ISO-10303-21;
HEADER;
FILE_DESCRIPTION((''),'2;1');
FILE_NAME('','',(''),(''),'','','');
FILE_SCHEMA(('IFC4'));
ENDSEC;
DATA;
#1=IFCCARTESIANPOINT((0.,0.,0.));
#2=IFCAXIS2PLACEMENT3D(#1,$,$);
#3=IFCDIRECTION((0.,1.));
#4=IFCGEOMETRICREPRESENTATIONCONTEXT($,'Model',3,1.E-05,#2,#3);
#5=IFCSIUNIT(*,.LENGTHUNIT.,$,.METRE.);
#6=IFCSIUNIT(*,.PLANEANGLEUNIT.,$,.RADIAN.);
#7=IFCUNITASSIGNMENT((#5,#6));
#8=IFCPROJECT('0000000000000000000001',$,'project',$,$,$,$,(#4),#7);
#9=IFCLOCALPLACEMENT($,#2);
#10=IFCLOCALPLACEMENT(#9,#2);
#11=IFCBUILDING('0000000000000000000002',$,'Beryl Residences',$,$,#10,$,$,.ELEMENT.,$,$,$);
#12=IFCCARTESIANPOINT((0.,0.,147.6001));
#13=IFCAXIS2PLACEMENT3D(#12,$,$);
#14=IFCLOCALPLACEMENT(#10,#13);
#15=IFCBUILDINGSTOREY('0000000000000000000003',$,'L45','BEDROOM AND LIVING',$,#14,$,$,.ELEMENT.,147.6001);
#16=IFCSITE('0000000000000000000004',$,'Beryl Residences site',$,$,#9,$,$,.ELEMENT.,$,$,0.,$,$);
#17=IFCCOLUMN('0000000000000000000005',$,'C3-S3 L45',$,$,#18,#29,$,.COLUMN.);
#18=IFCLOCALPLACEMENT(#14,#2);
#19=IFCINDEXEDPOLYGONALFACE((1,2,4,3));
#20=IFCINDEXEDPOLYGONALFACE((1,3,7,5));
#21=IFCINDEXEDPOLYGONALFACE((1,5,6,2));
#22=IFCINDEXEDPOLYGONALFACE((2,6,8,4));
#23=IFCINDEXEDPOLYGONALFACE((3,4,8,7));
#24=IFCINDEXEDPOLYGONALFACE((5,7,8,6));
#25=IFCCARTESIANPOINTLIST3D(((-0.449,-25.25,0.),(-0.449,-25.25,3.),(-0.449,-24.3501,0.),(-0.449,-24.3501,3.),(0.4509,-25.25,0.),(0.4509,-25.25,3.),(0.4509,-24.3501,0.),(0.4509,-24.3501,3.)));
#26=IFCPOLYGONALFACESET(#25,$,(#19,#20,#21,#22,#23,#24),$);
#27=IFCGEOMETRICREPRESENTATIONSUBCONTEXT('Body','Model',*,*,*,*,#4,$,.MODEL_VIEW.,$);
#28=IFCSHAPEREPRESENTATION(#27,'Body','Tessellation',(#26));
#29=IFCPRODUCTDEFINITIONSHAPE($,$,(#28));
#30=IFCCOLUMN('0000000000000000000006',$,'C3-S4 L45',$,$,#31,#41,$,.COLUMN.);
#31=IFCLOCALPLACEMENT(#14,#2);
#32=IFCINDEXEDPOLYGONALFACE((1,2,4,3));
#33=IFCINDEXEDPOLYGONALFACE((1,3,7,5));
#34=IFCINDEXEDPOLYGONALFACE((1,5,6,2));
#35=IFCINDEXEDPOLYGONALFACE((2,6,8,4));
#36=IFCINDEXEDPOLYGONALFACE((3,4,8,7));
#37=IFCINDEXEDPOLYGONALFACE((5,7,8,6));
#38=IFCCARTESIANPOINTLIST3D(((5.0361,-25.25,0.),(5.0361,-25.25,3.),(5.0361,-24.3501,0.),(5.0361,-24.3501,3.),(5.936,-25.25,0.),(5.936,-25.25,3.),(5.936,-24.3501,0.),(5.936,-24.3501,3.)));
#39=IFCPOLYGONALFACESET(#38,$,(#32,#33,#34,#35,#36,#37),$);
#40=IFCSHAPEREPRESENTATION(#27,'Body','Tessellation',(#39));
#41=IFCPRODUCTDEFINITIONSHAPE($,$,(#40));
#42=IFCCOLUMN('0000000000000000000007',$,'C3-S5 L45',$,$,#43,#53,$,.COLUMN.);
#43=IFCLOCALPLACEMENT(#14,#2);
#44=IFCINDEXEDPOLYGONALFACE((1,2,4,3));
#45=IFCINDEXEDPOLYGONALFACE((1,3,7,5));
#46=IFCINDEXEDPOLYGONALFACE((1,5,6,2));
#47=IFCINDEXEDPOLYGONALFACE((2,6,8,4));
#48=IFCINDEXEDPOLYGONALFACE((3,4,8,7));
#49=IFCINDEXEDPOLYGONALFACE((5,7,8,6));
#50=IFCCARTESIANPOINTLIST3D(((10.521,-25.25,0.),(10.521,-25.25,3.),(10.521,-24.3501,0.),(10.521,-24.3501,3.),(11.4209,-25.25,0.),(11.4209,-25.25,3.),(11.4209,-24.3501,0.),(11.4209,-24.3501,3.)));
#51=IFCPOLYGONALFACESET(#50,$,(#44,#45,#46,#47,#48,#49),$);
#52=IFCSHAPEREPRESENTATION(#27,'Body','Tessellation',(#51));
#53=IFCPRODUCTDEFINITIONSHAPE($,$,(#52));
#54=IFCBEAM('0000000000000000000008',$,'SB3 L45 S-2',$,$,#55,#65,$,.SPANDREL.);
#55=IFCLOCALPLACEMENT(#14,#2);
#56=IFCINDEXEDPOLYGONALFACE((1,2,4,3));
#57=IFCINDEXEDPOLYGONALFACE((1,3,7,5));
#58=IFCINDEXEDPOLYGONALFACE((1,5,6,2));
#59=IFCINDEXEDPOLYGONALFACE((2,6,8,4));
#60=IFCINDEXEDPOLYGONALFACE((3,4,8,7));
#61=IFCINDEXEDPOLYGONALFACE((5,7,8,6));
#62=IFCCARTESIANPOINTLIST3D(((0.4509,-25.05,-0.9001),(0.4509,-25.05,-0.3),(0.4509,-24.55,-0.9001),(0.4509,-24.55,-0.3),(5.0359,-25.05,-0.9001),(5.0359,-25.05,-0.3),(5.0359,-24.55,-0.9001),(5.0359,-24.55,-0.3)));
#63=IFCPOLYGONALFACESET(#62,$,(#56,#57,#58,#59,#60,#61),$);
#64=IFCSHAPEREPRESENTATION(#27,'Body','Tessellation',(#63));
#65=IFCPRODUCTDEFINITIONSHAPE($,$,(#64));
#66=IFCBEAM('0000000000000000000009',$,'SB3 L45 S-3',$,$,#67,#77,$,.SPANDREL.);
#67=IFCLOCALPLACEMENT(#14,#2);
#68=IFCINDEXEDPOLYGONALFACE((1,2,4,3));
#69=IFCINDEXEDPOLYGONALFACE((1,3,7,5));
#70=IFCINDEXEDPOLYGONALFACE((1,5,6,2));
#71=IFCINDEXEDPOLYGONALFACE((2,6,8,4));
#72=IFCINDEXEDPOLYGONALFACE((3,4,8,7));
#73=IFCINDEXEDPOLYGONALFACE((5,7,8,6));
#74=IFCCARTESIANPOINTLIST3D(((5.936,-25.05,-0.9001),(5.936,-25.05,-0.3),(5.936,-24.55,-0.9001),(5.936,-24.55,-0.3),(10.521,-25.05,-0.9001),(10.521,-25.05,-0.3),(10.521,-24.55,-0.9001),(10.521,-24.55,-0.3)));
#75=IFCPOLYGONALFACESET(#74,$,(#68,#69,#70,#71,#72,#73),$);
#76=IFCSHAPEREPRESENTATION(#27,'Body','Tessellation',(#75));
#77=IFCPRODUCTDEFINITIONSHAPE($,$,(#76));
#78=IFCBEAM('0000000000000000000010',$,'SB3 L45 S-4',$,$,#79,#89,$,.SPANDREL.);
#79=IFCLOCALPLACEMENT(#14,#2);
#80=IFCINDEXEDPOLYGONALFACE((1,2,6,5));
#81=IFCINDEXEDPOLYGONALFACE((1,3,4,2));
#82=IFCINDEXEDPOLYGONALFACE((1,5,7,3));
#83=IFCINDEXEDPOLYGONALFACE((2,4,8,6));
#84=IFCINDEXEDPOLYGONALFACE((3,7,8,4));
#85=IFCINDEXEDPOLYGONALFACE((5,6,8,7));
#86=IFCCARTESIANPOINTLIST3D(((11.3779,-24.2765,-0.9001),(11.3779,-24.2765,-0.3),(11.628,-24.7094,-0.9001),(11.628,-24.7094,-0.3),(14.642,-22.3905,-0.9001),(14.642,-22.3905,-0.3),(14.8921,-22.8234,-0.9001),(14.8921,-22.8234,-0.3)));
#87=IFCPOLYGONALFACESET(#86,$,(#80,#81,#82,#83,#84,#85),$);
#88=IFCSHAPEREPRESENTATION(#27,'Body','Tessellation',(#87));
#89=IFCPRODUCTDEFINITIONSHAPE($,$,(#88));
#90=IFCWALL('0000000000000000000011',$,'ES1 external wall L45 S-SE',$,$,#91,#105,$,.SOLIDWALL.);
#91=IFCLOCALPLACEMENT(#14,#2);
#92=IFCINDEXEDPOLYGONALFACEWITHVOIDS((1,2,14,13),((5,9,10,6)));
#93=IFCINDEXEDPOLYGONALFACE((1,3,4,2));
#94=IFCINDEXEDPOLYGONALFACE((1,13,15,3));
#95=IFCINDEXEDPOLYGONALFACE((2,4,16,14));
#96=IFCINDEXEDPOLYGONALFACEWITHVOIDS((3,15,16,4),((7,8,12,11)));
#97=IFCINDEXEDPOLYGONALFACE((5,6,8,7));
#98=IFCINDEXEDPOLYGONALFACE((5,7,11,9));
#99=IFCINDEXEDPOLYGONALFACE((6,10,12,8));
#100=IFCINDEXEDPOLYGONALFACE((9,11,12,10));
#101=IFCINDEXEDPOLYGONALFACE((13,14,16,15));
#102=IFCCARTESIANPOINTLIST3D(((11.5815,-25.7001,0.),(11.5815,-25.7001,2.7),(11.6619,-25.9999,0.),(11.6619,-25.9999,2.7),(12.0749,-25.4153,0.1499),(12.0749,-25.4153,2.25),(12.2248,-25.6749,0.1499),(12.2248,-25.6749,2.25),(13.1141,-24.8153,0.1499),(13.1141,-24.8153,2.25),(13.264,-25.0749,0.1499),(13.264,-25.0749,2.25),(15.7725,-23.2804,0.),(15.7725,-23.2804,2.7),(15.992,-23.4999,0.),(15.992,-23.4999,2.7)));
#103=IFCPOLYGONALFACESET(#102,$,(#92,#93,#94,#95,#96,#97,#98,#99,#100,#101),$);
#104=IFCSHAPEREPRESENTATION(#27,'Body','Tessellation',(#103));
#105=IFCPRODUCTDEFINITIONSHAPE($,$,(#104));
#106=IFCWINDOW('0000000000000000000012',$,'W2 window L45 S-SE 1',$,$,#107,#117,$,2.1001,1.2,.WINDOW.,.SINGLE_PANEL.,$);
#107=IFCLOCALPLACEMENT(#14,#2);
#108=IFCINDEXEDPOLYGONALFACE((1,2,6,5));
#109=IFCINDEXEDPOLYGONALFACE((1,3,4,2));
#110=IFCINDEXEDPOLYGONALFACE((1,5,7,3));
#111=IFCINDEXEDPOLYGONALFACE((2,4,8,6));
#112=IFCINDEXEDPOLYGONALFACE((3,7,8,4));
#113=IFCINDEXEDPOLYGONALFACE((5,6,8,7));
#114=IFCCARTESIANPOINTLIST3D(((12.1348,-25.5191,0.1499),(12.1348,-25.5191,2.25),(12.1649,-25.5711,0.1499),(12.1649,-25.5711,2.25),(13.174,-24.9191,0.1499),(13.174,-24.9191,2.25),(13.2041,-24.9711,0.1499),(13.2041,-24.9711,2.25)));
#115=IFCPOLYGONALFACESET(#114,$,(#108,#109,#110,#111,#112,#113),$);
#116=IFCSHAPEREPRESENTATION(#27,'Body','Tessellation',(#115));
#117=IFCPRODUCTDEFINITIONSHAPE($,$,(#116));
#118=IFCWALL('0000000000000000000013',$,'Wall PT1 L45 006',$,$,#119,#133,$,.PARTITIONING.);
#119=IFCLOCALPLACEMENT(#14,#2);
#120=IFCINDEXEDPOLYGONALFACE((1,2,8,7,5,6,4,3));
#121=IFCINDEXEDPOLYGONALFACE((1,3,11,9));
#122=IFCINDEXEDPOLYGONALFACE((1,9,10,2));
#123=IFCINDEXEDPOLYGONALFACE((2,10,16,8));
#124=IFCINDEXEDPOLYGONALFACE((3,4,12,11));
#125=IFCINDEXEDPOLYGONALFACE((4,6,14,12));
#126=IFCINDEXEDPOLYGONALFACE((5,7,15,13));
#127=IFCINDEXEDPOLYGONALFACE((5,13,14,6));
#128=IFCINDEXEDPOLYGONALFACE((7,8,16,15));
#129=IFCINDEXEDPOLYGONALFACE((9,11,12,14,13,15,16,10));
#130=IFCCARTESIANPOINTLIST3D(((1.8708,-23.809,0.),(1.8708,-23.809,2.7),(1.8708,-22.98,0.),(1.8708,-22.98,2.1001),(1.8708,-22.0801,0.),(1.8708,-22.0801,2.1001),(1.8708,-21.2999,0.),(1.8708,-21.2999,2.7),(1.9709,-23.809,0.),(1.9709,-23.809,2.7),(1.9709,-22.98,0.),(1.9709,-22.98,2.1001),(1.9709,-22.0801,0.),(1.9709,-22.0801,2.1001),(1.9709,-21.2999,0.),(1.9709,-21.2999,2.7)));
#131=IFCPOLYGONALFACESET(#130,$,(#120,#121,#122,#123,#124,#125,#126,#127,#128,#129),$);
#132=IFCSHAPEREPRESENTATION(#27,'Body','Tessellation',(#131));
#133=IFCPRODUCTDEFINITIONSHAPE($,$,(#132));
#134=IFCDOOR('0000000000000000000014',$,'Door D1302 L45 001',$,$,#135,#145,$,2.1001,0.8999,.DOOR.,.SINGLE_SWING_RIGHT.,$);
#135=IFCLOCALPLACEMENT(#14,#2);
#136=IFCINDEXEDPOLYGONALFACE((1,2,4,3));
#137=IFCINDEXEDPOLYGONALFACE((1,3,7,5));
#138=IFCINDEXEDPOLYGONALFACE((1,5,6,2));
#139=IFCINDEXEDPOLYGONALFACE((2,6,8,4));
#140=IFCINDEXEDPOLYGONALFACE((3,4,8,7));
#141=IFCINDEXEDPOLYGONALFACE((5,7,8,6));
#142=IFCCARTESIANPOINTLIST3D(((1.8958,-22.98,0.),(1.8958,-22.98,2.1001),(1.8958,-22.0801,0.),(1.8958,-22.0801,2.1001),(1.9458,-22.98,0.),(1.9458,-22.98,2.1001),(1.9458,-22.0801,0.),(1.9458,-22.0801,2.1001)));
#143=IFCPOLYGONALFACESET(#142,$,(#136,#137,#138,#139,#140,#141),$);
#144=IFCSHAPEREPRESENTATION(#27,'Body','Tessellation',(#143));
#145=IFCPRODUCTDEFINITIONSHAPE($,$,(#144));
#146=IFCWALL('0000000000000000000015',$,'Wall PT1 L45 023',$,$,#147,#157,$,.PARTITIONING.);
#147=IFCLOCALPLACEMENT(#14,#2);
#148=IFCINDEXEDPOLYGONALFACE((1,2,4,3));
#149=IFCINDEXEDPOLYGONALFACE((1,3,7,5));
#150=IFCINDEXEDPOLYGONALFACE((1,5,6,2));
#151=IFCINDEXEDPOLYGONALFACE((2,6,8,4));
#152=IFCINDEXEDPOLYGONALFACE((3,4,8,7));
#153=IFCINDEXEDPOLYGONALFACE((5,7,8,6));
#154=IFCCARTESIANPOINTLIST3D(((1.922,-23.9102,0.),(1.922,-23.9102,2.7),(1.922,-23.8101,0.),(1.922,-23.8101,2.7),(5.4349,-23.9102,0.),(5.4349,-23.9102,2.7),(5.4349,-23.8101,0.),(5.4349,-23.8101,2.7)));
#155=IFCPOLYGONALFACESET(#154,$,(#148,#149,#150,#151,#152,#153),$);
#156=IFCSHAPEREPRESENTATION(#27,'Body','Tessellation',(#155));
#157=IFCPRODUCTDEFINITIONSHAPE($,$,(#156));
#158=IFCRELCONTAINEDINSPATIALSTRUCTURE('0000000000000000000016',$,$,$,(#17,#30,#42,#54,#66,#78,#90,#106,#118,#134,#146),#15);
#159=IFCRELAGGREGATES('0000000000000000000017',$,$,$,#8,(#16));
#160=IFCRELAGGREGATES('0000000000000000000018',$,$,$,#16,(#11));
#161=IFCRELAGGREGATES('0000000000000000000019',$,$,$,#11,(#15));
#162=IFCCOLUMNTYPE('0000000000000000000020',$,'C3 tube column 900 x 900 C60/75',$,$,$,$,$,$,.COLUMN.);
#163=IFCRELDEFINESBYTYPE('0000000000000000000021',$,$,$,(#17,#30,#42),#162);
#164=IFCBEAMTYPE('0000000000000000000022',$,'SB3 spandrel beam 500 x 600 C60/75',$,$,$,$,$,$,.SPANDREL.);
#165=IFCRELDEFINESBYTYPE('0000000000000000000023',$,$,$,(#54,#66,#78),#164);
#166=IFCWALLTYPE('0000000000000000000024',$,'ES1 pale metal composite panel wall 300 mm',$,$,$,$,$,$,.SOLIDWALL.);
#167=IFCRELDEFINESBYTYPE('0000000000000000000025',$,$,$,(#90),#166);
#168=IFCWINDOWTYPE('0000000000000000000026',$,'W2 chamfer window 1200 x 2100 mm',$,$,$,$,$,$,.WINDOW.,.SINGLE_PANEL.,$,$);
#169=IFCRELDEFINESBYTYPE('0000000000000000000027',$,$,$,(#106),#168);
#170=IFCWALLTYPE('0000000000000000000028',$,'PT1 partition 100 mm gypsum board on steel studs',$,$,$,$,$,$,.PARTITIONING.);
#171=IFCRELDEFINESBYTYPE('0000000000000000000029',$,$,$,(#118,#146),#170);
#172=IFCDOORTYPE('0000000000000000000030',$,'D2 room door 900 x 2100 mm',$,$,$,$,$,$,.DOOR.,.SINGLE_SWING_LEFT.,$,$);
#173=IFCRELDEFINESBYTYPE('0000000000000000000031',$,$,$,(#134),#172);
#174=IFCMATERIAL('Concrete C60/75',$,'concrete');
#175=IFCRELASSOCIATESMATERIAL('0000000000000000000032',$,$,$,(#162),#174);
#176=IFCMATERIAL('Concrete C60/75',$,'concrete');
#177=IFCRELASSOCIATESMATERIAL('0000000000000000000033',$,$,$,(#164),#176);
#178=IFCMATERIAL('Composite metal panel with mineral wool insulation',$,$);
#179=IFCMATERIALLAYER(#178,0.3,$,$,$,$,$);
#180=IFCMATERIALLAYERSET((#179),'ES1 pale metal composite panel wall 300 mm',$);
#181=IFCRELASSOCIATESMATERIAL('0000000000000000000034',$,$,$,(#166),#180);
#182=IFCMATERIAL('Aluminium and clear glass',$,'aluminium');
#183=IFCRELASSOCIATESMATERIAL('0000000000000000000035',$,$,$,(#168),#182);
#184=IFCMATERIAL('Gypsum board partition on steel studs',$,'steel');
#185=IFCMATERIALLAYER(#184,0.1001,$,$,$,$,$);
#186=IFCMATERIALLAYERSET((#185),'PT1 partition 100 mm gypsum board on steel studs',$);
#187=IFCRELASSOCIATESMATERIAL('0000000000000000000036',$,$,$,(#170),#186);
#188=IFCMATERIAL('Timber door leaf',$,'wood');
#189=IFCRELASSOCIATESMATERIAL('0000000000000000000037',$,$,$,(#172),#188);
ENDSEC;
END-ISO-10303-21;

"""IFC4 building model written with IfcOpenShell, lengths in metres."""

from ifc_helpers import new_model, si_unit, direction, frame, frame_2d, origin, origin_2d, place, context, subcontext, project, spatial, polyline, rectangle, outline, extrude, material, layer, layer_set, material_profile, profile_set, type_object, element, fill, save


model = new_model("IFC4")

# Units and contexts
model_context = context("Model", 3, precision=1e-05, world=origin(), true_north=direction((0.0, 1.0)))
body_context = subcontext(model_context, "Body", "Model", "MODEL_VIEW")
ifc_project = project(units=[si_unit("LENGTHUNIT", "METRE"), si_unit("PLANEANGLEUNIT", "RADIAN")], contexts=[model_context])

# Site, building, storey
site_placement = place(None, origin())
site = spatial("IfcSite", under=ifc_project, at=site_placement, Name="Beryl Residences site", CompositionType="ELEMENT", RefElevation=0.0)
building_placement = place(site_placement, origin())
building = spatial("IfcBuilding", under=site, at=building_placement, Name="Beryl Residences", CompositionType="ELEMENT")
storey_placement = place(building_placement, frame((0.0, 0.0, 147.6001)))
storey = spatial("IfcBuildingStorey", under=building, at=storey_placement, Name="L45", Description="BEDROOM AND LIVING", CompositionType="ELEMENT", Elevation=147.6001)

# Columns
ifc_material_1 = material(Name="Concrete C60/75", Category="concrete")
ifc_material_profile_1 = material_profile(ifc_material_1, rectangle(XDim=0.8999, YDim=0.8999, at=origin_2d()))
ifc_profile_set_1 = profile_set([ifc_material_profile_1], Name="Concrete C60/75")
column_type = type_object("IfcColumnType", Name="C3 tube column 900 x 900 C60/75", PredefinedType="COLUMN", material=ifc_profile_set_1)
for number, where, z_axis, x_axis, name in (
    (1, (0.001, -24.8, 0.0), (0.0, 0.0, 1.0), (1.0, 0.0, 0.0), "C3-S3 L45"),
    (2, (5.4861, -24.8, 0.0), (0.0, 0.0, 1.0), (1.0, 0.0, 0.0), "C3-S4 L45"),
    (3, (10.9709, -24.8, 0.0), (0.0, 0.0, 1.0), (1.0, 0.0, 0.0), "C3-S5 L45"),
):
    element("IfcColumn", number, at=place(storey_placement, frame(where, z_axis=z_axis, x_axis=x_axis)), inside=storey, type_object=column_type, Name=name, PredefinedType="COLUMN", context=body_context, shape_type="SweptSolid", body=[
        extrude(rectangle(XDim=0.8999, YDim=0.8999, at=origin_2d()), origin(), (0.0, 0.0, 1.0), 3.0),
    ])

# Beams
ifc_material_2 = material(Name="Concrete C60/75", Category="concrete")
ifc_material_profile_2 = material_profile(ifc_material_2, rectangle(XDim=0.5, YDim=0.6001, at=origin_2d()))
ifc_profile_set_2 = profile_set([ifc_material_profile_2], Name="Concrete C60/75")
beam_type = type_object("IfcBeamType", Name="SB3 spandrel beam 500 x 600 C60/75", PredefinedType="SPANDREL", material=ifc_profile_set_2)
for number, where, z_axis, x_axis, name in (
    (4, (0.4509, -24.8, -0.6001), (1.0, 0.0, 0.0), (0.0, 1.0, 0.0), "SB3 L45 S-2"),
    (5, (5.936, -24.8, -0.6001), (1.0, 0.0, 0.0), (0.0, 1.0, 0.0), "SB3 L45 S-3"),
):
    element("IfcBeam", number, at=place(storey_placement, frame(where, z_axis=z_axis, x_axis=x_axis)), inside=storey, type_object=beam_type, Name=name, PredefinedType="SPANDREL", context=body_context, shape_type="SweptSolid", body=[
        extrude(rectangle(XDim=0.5, YDim=0.6001, at=origin_2d()), origin(), (0.0, 0.0, 1.0), 4.585),
    ])
beam_placement = place(storey_placement, frame((11.5029, -24.4929, -0.6001), z_axis=(0.865862, 0.500283, 0.0), x_axis=(-0.500283, 0.865862, 0.0)))
element("IfcBeam", 6, at=beam_placement, inside=storey, type_object=beam_type, Name="SB3 L45 S-4", PredefinedType="SPANDREL", context=body_context, shape_type="SweptSolid", body=[
    extrude(rectangle(XDim=0.5, YDim=0.6001, at=origin_2d()), origin(), (0.0, 0.0, 1.0), 3.7698),
])

# Wall, opening, window
ifc_material_3 = material(Name="Composite metal panel with mineral wool insulation")
ifc_layer_1 = layer(ifc_material_3, 0.3)
ifc_layer_set_1 = layer_set([ifc_layer_1], Name="ES1 pale metal composite panel wall 300 mm")
wall_type_1 = type_object("IfcWallType", Name="ES1 pale metal composite panel wall 300 mm", PredefinedType="SOLIDWALL", material=ifc_layer_set_1)
wall_1_placement = place(storey_placement, frame((11.5869, -25.8701, 0.0), z_axis=(0.0, 0.0, 1.0), x_axis=(0.866023, 0.500004, 0.0)))
wall_1 = element("IfcWall", 7, at=wall_1_placement, inside=storey, type_object=wall_type_1, Name="ES1 external wall L45 S-SE", PredefinedType="SOLIDWALL", context=body_context, shape_type="SweptSolid", body=[
    extrude(outline(polyline([(0.0, -0.1499), (5.0, -0.1499), (4.9197, 0.1499), (0.0803, 0.1499), (0.0, -0.1499)])), origin(), (0.0, 0.0, 1.0), 2.7),
])
opening_1_placement = place(wall_1_placement, frame((0.6499, 0.0, 0.1499)))
opening_1 = element("IfcOpeningElement", 8, at=opening_1_placement, cuts=wall_1, PredefinedType="OPENING", context=body_context, shape_type="SweptSolid", body=[
    extrude(rectangle(XDim=1.2, YDim=2.1001, at=frame_2d((0.6001, 1.05))), frame((0.0, 0.1599, 0.0), z_axis=(0.0, -1.0, 0.0), x_axis=(1.0, 0.0, 0.0)), (0.0, 0.0, 1.0), 0.3201),
])
ifc_material_4 = material(Name="Aluminium and clear glass", Category="aluminium")
window_type = type_object("IfcWindowType", Name="W2 chamfer window 1200 x 2100 mm", PartitioningType="SINGLE_PANEL", PredefinedType="WINDOW", material=ifc_material_4)
window_placement = place(opening_1_placement, origin())
window = element("IfcWindow", 9, at=window_placement, inside=storey, type_object=window_type, Name="W2 window L45 S-SE 1", OverallHeight=2.1001, OverallWidth=1.2, PartitioningType="SINGLE_PANEL", PredefinedType="WINDOW", context=body_context, shape_type="SweptSolid", body=[
    extrude(rectangle(XDim=1.2, YDim=2.1001, at=frame_2d((0.6001, 1.05))), frame((0.0, 0.03, 0.0), z_axis=(0.0, -1.0, 0.0), x_axis=(1.0, 0.0, 0.0)), (0.0, 0.0, 1.0), 0.0601),
])
fill(opening_1, window)

# Wall, opening, door
ifc_material_5 = material(Name="Gypsum board partition on steel studs", Category="steel")
ifc_layer_2 = layer(ifc_material_5, 0.1001)
ifc_layer_set_2 = layer_set([ifc_layer_2], Name="PT1 partition 100 mm gypsum board on steel studs")
wall_type_2 = type_object("IfcWallType", Name="PT1 partition 100 mm gypsum board on steel studs", PredefinedType="PARTITIONING", material=ifc_layer_set_2)
wall_2_placement = place(storey_placement, frame((1.9209, -21.3, 0.0), z_axis=(0.0, 0.0, 1.0), x_axis=(0.0, -1.0, 0.0)))
wall_2 = element("IfcWall", 10, at=wall_2_placement, inside=storey, type_object=wall_type_2, Name="Wall PT1 L45 006", PredefinedType="PARTITIONING", context=body_context, shape_type="SweptSolid", body=[
    extrude(rectangle(XDim=2.509, YDim=0.1001, at=frame_2d((1.2544, 0.0))), origin(), (0.0, 0.0, 1.0), 2.7),
])
opening_2_placement = place(wall_2_placement, frame((0.78, 0.0, 0.0)))
opening_2 = element("IfcOpeningElement", 11, at=opening_2_placement, cuts=wall_2, PredefinedType="OPENING", context=body_context, shape_type="SweptSolid", body=[
    extrude(rectangle(XDim=0.8999, YDim=2.1001, at=frame_2d((0.45, 1.05))), frame((0.0, 0.0601, 0.0), z_axis=(0.0, -1.0, 0.0), x_axis=(1.0, 0.0, 0.0)), (0.0, 0.0, 1.0), 0.1201),
])
ifc_material_6 = material(Name="Timber door leaf", Category="wood")
door_type_1 = type_object("IfcDoorType", Name="D2 room door 900 x 2100 mm", OperationType="SINGLE_SWING_LEFT", PredefinedType="DOOR", material=ifc_material_6)
door_1_placement = place(opening_2_placement, origin())
door_1 = element("IfcDoor", 12, at=door_1_placement, inside=storey, type_object=door_type_1, Name="Door D1302 L45 001", OperationType="SINGLE_SWING_RIGHT", OverallHeight=2.1001, OverallWidth=0.8999, PredefinedType="DOOR", context=body_context, shape_type="SweptSolid", body=[
    extrude(rectangle(XDim=0.8999, YDim=2.1001, at=frame_2d((0.45, 1.05))), frame((0.0, 0.0249, 0.0), z_axis=(0.0, -1.0, 0.0), x_axis=(1.0, 0.0, 0.0)), (0.0, 0.0, 1.0), 0.05),
])
fill(opening_2, door_1)

# Wall
wall_3_placement = place(storey_placement, frame((1.9221, -23.8601, 0.0), z_axis=(0.0, 0.0, 1.0), x_axis=(1.0, 0.0, 0.0)))
element("IfcWall", 13, at=wall_3_placement, inside=storey, type_object=wall_type_2, Name="Wall PT1 L45 023", PredefinedType="PARTITIONING", context=body_context, shape_type="SweptSolid", body=[
    extrude(rectangle(XDim=3.5129, YDim=0.1001, at=frame_2d((1.7563, 0.0))), origin(), (0.0, 0.0, 1.0), 2.7),
])

save(model, "model.ifc")
